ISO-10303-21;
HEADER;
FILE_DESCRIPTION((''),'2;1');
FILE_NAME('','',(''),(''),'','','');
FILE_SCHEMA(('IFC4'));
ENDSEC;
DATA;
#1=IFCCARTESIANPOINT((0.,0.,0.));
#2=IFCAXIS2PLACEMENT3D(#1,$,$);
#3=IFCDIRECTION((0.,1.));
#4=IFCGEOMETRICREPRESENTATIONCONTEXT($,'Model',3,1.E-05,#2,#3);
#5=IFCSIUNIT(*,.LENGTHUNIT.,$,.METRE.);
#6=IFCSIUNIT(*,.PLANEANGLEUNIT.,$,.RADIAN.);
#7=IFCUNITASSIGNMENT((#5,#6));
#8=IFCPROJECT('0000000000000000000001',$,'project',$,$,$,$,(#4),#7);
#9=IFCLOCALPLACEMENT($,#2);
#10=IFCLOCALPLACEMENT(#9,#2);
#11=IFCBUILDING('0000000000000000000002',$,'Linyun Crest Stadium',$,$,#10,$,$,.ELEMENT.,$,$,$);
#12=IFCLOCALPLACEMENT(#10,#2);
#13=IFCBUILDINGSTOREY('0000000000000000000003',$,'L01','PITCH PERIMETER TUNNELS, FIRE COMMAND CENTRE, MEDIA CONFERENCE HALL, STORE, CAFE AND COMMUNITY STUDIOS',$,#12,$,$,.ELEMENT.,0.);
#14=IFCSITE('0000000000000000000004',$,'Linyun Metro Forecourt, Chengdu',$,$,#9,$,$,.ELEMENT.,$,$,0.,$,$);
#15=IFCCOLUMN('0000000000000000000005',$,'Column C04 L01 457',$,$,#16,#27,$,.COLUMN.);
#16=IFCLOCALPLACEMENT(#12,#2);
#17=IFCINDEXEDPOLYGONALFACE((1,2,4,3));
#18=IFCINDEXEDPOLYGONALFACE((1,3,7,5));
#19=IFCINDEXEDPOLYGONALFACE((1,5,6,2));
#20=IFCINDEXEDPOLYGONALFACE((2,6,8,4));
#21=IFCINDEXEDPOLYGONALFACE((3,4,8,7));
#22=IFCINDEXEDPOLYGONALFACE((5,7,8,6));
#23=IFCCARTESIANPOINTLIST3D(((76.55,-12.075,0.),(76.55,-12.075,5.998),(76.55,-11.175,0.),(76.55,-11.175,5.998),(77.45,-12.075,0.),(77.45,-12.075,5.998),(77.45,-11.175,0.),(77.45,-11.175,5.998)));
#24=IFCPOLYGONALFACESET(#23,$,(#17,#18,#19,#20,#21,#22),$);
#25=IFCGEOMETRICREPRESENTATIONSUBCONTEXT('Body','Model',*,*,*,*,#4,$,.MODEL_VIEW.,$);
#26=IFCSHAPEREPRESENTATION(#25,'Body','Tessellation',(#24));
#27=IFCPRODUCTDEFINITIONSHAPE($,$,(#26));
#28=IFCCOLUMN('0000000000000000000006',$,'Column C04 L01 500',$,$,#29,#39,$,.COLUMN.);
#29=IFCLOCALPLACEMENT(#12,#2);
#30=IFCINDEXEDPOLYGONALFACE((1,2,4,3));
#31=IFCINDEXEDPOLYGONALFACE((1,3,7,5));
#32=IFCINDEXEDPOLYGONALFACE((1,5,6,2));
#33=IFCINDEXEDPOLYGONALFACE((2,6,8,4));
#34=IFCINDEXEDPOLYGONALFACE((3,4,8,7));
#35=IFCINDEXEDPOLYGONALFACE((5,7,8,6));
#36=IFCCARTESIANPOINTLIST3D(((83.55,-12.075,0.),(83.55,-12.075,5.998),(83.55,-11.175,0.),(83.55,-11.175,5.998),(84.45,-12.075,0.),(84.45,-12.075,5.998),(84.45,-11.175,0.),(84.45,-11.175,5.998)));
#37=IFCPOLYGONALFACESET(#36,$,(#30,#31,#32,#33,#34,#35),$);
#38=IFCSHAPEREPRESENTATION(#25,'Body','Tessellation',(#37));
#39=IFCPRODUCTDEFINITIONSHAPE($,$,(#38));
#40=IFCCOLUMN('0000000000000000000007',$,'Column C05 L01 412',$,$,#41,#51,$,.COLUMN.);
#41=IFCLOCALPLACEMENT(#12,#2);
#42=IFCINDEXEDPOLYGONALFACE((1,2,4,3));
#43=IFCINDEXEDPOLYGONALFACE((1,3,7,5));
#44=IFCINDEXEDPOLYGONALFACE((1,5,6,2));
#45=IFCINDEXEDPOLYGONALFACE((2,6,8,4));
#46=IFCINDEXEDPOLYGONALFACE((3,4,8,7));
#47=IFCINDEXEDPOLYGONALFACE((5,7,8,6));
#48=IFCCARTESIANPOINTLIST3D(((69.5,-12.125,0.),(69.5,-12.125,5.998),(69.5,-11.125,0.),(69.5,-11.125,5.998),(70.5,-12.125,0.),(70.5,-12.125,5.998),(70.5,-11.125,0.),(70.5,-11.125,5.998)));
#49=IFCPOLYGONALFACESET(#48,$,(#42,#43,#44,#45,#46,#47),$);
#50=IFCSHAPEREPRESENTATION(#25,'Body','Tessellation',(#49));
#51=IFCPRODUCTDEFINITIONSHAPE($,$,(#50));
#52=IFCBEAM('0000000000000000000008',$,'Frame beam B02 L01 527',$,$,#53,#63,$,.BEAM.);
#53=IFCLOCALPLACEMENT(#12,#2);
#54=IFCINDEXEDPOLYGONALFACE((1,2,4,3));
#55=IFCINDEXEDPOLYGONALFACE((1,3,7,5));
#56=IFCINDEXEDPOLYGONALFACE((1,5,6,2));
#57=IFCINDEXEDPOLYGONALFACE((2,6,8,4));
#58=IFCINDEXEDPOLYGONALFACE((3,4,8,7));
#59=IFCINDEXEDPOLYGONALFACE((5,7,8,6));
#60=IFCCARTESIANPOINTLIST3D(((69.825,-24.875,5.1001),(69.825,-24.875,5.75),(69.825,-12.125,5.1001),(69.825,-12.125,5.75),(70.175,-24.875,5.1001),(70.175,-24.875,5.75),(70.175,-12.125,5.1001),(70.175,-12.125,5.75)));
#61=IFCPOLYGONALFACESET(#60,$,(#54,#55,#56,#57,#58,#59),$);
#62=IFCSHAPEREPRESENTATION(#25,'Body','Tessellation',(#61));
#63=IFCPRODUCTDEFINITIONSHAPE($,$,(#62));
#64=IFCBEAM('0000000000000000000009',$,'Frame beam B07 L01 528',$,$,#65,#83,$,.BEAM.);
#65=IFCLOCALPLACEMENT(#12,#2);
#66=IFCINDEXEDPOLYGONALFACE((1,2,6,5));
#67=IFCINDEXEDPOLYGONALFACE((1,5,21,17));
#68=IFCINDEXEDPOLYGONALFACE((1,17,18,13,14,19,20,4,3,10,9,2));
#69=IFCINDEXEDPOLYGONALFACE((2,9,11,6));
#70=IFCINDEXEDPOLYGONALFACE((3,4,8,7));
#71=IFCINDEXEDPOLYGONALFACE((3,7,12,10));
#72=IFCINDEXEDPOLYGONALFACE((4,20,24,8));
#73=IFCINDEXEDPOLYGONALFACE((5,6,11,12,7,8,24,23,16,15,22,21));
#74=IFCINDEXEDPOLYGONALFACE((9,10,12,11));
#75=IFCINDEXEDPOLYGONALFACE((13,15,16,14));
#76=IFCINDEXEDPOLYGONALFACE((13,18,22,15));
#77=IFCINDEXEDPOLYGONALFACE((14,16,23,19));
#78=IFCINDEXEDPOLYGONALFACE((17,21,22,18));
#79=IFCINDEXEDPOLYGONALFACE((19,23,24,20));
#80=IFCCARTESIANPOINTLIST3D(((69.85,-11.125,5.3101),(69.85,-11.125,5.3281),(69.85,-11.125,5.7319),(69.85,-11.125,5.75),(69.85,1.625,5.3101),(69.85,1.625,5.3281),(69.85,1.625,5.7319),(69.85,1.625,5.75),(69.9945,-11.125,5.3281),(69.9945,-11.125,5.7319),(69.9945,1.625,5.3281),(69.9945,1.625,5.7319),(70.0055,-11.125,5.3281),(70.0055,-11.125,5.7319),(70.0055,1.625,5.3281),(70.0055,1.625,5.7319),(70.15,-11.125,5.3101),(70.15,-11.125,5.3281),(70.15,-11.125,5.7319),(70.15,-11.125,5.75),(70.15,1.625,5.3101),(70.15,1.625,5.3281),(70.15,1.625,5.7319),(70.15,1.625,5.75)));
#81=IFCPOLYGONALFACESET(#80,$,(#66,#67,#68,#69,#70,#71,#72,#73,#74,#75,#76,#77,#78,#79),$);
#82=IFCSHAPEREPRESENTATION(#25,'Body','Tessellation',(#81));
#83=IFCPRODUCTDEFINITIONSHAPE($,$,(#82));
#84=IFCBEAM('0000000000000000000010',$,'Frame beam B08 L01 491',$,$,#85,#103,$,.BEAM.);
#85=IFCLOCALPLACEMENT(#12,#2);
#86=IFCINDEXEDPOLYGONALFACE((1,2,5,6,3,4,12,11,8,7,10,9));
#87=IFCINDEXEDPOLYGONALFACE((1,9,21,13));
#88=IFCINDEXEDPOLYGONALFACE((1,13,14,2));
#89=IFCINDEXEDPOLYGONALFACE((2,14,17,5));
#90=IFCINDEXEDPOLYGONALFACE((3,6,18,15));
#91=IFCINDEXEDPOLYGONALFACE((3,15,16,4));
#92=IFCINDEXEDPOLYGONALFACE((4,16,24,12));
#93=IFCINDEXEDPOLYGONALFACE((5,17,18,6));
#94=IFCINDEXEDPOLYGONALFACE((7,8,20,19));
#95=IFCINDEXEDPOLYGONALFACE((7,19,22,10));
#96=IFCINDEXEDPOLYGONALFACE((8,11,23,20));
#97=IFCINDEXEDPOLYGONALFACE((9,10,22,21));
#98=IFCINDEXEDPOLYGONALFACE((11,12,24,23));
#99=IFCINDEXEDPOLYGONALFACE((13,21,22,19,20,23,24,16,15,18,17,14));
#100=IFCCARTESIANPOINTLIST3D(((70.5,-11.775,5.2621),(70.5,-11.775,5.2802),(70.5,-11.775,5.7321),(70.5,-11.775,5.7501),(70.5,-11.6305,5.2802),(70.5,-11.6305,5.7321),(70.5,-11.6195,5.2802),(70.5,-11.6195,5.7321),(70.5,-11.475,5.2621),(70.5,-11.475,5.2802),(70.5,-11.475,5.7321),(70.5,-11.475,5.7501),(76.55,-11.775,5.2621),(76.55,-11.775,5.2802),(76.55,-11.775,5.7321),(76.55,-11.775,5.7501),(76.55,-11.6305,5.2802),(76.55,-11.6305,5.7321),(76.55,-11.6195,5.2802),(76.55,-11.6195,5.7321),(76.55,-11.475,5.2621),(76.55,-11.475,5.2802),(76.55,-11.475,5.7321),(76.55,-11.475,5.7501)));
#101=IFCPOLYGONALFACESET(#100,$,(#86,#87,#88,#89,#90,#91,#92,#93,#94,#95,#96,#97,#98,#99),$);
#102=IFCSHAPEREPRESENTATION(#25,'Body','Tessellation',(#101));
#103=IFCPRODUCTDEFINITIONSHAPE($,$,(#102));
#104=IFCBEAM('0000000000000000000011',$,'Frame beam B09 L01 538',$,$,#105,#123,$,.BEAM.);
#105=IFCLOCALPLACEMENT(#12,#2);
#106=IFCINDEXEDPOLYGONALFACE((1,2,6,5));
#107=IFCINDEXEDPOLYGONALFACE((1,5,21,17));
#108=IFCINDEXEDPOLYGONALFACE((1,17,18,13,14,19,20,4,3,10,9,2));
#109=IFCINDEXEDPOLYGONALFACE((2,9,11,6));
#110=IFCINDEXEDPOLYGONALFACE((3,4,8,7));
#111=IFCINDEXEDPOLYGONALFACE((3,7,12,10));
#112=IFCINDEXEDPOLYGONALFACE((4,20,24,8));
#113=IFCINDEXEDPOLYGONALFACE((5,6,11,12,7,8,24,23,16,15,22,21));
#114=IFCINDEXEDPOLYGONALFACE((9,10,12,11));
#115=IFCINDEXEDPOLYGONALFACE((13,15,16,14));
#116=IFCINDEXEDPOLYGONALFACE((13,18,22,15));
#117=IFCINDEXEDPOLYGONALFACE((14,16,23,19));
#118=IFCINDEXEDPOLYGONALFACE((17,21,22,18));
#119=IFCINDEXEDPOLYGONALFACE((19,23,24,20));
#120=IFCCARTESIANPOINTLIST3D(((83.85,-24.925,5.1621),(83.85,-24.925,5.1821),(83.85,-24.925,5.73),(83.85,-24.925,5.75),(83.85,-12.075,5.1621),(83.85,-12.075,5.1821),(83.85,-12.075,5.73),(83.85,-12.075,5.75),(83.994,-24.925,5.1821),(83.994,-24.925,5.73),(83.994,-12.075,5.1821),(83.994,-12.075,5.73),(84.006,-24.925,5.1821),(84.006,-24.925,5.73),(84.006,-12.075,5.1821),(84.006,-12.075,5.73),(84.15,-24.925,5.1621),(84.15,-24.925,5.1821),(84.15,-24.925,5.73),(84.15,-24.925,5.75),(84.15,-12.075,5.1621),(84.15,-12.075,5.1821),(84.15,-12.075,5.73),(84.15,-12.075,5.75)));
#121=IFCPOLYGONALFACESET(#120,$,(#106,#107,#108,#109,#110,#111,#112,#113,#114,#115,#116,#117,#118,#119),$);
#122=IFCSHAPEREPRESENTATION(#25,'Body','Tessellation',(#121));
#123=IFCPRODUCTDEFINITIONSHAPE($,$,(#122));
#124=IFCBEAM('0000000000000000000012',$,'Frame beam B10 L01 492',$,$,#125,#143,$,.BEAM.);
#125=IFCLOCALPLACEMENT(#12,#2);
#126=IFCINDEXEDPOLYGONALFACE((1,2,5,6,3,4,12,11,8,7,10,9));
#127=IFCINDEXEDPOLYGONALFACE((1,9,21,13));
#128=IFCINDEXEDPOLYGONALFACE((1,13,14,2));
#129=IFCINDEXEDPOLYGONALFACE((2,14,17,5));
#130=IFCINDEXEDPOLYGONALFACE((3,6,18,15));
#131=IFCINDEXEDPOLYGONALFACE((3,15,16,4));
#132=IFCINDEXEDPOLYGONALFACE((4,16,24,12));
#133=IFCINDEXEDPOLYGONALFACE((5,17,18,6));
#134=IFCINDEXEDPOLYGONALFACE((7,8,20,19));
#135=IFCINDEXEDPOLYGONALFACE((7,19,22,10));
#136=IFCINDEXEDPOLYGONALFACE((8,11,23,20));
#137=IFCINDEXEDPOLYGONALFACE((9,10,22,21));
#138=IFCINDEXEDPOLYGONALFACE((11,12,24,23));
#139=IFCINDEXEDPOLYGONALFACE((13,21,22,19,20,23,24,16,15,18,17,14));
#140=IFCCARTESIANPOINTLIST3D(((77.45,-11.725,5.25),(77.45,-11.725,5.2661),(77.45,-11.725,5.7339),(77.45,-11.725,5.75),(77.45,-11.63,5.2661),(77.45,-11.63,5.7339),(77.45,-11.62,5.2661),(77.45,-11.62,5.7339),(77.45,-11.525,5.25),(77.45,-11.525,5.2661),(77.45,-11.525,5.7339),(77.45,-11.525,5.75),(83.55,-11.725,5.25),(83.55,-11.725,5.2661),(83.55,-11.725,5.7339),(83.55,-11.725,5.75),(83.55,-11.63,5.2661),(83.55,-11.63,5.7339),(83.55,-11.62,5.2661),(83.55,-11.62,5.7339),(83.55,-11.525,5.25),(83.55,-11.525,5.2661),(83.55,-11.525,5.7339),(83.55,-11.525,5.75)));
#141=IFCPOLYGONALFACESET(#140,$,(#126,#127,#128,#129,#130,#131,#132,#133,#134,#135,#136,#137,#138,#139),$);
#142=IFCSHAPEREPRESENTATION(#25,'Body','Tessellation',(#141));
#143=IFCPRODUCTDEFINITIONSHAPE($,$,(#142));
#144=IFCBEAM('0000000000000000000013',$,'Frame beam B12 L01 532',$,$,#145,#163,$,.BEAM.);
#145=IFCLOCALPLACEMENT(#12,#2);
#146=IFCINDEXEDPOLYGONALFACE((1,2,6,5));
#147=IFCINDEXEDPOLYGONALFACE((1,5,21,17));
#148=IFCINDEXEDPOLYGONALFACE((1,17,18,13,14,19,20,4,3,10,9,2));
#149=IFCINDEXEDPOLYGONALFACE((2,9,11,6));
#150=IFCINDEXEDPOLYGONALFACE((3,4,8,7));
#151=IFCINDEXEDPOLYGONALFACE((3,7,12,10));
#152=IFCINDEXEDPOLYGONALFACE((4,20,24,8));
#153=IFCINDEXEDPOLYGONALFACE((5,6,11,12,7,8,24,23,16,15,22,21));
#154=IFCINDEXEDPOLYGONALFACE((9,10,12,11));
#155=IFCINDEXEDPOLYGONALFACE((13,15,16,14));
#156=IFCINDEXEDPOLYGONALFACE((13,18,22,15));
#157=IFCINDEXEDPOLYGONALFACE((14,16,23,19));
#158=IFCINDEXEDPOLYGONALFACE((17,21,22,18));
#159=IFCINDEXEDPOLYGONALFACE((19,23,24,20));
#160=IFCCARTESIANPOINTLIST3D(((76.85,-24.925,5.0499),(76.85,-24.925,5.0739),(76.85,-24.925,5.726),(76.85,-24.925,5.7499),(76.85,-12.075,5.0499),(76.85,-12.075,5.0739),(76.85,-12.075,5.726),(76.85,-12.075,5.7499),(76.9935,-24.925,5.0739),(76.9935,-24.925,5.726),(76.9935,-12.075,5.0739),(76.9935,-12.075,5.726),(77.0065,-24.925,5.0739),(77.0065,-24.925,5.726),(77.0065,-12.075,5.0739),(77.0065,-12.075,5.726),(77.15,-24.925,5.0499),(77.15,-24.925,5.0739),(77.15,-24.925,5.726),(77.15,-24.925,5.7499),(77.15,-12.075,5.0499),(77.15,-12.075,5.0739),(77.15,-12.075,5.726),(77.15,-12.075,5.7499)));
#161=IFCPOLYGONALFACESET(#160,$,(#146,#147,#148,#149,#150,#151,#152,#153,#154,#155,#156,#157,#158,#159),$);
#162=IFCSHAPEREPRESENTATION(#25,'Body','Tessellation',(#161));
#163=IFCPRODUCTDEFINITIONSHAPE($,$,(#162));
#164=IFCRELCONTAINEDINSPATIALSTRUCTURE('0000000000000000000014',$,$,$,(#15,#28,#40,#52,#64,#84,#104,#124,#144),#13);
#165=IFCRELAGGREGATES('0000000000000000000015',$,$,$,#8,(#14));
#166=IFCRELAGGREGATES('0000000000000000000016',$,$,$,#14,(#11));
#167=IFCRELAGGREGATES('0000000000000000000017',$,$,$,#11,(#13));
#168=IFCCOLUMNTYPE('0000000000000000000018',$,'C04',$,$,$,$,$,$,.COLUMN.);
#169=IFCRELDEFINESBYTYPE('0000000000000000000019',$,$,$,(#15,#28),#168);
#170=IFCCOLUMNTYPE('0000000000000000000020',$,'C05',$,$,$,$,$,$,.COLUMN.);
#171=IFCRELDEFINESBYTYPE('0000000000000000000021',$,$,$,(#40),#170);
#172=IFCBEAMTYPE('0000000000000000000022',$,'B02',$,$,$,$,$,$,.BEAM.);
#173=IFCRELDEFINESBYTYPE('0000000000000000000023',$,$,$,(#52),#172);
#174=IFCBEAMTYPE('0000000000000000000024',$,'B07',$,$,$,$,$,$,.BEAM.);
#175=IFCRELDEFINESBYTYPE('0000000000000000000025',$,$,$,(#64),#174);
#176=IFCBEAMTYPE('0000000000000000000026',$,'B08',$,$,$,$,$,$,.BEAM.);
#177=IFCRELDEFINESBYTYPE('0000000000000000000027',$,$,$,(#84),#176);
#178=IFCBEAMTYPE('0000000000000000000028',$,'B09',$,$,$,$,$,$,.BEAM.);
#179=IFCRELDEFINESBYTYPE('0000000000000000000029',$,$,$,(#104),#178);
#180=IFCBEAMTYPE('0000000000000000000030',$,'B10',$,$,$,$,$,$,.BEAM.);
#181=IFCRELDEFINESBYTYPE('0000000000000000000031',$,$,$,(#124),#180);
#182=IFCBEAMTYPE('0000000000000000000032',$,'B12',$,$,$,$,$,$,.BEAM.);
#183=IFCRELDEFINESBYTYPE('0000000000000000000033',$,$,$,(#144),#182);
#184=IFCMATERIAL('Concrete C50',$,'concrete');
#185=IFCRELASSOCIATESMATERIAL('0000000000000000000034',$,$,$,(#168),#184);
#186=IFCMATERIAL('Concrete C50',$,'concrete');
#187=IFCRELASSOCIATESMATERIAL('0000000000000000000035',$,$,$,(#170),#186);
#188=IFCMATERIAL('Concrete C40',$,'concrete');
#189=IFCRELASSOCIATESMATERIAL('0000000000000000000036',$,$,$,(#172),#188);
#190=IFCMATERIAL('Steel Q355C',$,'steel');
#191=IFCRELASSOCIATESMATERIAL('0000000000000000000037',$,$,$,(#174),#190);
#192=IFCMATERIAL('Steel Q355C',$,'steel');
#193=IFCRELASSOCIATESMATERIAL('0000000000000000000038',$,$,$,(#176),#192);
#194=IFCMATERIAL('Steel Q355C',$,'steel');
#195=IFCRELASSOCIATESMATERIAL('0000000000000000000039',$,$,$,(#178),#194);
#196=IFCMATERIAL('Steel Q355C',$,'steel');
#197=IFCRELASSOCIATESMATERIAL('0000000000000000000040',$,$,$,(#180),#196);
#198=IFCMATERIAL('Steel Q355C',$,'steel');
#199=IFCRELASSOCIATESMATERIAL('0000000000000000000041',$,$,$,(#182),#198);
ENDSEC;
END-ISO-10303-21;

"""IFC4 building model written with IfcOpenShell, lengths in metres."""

from ifc_helpers import new_model, si_unit, direction, frame, origin, origin_2d, place, context, subcontext, project, spatial, rectangle, i_section, extrude, material, material_profile, profile_set, type_object, element, save


model = new_model("IFC4")

# Units and contexts
model_context = context("Model", 3, precision=1e-05, world=origin(), true_north=direction((0.0, 1.0)))
body_context = subcontext(model_context, "Body", "Model", "MODEL_VIEW")
ifc_project = project(units=[si_unit("LENGTHUNIT", "METRE"), si_unit("PLANEANGLEUNIT", "RADIAN")], contexts=[model_context])

# Site, building, storey
site_placement = place(None, origin())
site = spatial("IfcSite", under=ifc_project, at=site_placement, Name="Linyun Metro Forecourt, Chengdu", CompositionType="ELEMENT", RefElevation=0.0)
building_placement = place(site_placement, origin())
building = spatial("IfcBuilding", under=site, at=building_placement, Name="Linyun Crest Stadium", CompositionType="ELEMENT")
storey_placement = place(building_placement, origin())
storey = spatial("IfcBuildingStorey", under=building, at=storey_placement, Name="L01", Description="PITCH PERIMETER TUNNELS, FIRE COMMAND CENTRE, MEDIA CONFERENCE HALL, STORE, CAFE AND COMMUNITY STUDIOS", CompositionType="ELEMENT", Elevation=0.0)

# Columns
ifc_material_1 = material(Name="Concrete C50", Category="concrete")
ifc_material_profile_1 = material_profile(ifc_material_1, rectangle(XDim=0.8999, YDim=0.8999, at=origin_2d()), Name="RC 900x900")
ifc_profile_set_1 = profile_set([ifc_material_profile_1], Name="Concrete C50")
column_type_1 = type_object("IfcColumnType", Name="C04", PredefinedType="COLUMN", material=ifc_profile_set_1)
for number, where, z_axis, x_axis, name in (
    (1, (77.0, -11.625, 0.0), (0.0, 0.0, 1.0), (1.0, 0.0, 0.0), "Column C04 L01 457"),
    (2, (84.0, -11.625, 0.0), (0.0, 0.0, 1.0), (1.0, 0.0, 0.0), "Column C04 L01 500"),
):
    element("IfcColumn", number, at=place(storey_placement, frame(where, z_axis=z_axis, x_axis=x_axis)), inside=storey, type_object=column_type_1, Name=name, PredefinedType="COLUMN", context=body_context, shape_type="SweptSolid", body=[
        extrude(rectangle(XDim=0.8999, YDim=0.8999, at=origin_2d()), origin(), (0.0, 0.0, 1.0), 5.998),
    ])
ifc_material_2 = material(Name="Concrete C50", Category="concrete")
ifc_material_profile_2 = material_profile(ifc_material_2, rectangle(XDim=1.0, YDim=1.0, at=origin_2d()), Name="RC 1000x1000")
ifc_profile_set_2 = profile_set([ifc_material_profile_2], Name="Concrete C50")
column_type_2 = type_object("IfcColumnType", Name="C05", PredefinedType="COLUMN", material=ifc_profile_set_2)
column_placement = place(storey_placement, frame((70.0, -11.625, 0.0), z_axis=(0.0, 0.0, 1.0), x_axis=(1.0, 0.0, 0.0)))
element("IfcColumn", 3, at=column_placement, inside=storey, type_object=column_type_2, Name="Column C05 L01 412", PredefinedType="COLUMN", context=body_context, shape_type="SweptSolid", body=[
    extrude(rectangle(XDim=1.0, YDim=1.0, at=origin_2d()), origin(), (0.0, 0.0, 1.0), 5.998),
])

# Beams
ifc_material_3 = material(Name="Concrete C40", Category="concrete")
ifc_material_profile_3 = material_profile(ifc_material_3, rectangle(XDim=0.3501, YDim=0.6499, at=origin_2d()), Name="RCB 650x350")
ifc_profile_set_3 = profile_set([ifc_material_profile_3], Name="Concrete C40")
beam_type_1 = type_object("IfcBeamType", Name="B02", PredefinedType="BEAM", material=ifc_profile_set_3)
beam_1_placement = place(storey_placement, frame((70.0, -24.875, 5.425), z_axis=(0.0, 1.0, 0.0), x_axis=(-1.0, 0.0, 0.0)))
element("IfcBeam", 4, at=beam_1_placement, inside=storey, type_object=beam_type_1, Name="Frame beam B02 L01 527", PredefinedType="BEAM", context=body_context, shape_type="SweptSolid", body=[
    extrude(rectangle(XDim=0.3501, YDim=0.6499, at=origin_2d()), origin(), (0.0, 0.0, 1.0), 12.75),
])
ifc_material_4 = material(Name="Steel Q355C", Category="steel")
ifc_material_profile_4 = material_profile(ifc_material_4, i_section(OverallWidth=0.3, OverallDepth=0.4399, WebThickness=0.011, FlangeThickness=0.0181, at=origin_2d()), Name="HM 440x300")
ifc_profile_set_4 = profile_set([ifc_material_profile_4], Name="Steel Q355C")
beam_type_2 = type_object("IfcBeamType", Name="B07", PredefinedType="BEAM", material=ifc_profile_set_4)
beam_2_placement = place(storey_placement, frame((70.0, -11.125, 5.53), z_axis=(0.0, 1.0, 0.0), x_axis=(-1.0, 0.0, 0.0)))
element("IfcBeam", 5, at=beam_2_placement, inside=storey, type_object=beam_type_2, Name="Frame beam B07 L01 528", PredefinedType="BEAM", context=body_context, shape_type="SweptSolid", body=[
    extrude(i_section(OverallWidth=0.3, OverallDepth=0.4399, WebThickness=0.011, FlangeThickness=0.0181, at=origin_2d()), origin(), (0.0, 0.0, 1.0), 12.75),
])
ifc_material_5 = material(Name="Steel Q355C", Category="steel")
ifc_material_profile_5 = material_profile(ifc_material_5, i_section(OverallWidth=0.3, OverallDepth=0.488, WebThickness=0.011, FlangeThickness=0.0181, at=origin_2d()), Name="HM 488x300")
ifc_profile_set_5 = profile_set([ifc_material_profile_5], Name="Steel Q355C")
beam_type_3 = type_object("IfcBeamType", Name="B08", PredefinedType="BEAM", material=ifc_profile_set_5)
beam_3_placement = place(storey_placement, frame((70.5, -11.625, 5.5061), z_axis=(1.0, 0.0, 0.0), x_axis=(0.0, 1.0, 0.0)))
element("IfcBeam", 6, at=beam_3_placement, inside=storey, type_object=beam_type_3, Name="Frame beam B08 L01 491", PredefinedType="BEAM", context=body_context, shape_type="SweptSolid", body=[
    extrude(i_section(OverallWidth=0.3, OverallDepth=0.488, WebThickness=0.011, FlangeThickness=0.0181, at=origin_2d()), origin(), (0.0, 0.0, 1.0), 6.05),
])
ifc_material_6 = material(Name="Steel Q355C", Category="steel")
ifc_material_profile_6 = material_profile(ifc_material_6, i_section(OverallWidth=0.3, OverallDepth=0.5879, WebThickness=0.012, FlangeThickness=0.02, at=origin_2d()), Name="HM 588x300")
ifc_profile_set_6 = profile_set([ifc_material_profile_6], Name="Steel Q355C")
beam_type_4 = type_object("IfcBeamType", Name="B09", PredefinedType="BEAM", material=ifc_profile_set_6)
beam_4_placement = place(storey_placement, frame((84.0, -24.925, 5.4561), z_axis=(0.0, 1.0, 0.0), x_axis=(-1.0, 0.0, 0.0)))
element("IfcBeam", 7, at=beam_4_placement, inside=storey, type_object=beam_type_4, Name="Frame beam B09 L01 538", PredefinedType="BEAM", context=body_context, shape_type="SweptSolid", body=[
    extrude(i_section(OverallWidth=0.3, OverallDepth=0.5879, WebThickness=0.012, FlangeThickness=0.02, at=origin_2d()), origin(), (0.0, 0.0, 1.0), 12.8501),
])
ifc_material_7 = material(Name="Steel Q355C", Category="steel")
ifc_material_profile_7 = material_profile(ifc_material_7, i_section(OverallWidth=0.2, OverallDepth=0.5, WebThickness=0.01, FlangeThickness=0.0161, at=origin_2d()), Name="HN 500x200")
ifc_profile_set_7 = profile_set([ifc_material_profile_7], Name="Steel Q355C")
beam_type_5 = type_object("IfcBeamType", Name="B10", PredefinedType="BEAM", material=ifc_profile_set_7)
beam_5_placement = place(storey_placement, frame((77.45, -11.625, 5.5), z_axis=(1.0, 0.0, 0.0), x_axis=(0.0, 1.0, 0.0)))
element("IfcBeam", 8, at=beam_5_placement, inside=storey, type_object=beam_type_5, Name="Frame beam B10 L01 492", PredefinedType="BEAM", context=body_context, shape_type="SweptSolid", body=[
    extrude(i_section(OverallWidth=0.2, OverallDepth=0.5, WebThickness=0.01, FlangeThickness=0.0161, at=origin_2d()), origin(), (0.0, 0.0, 1.0), 6.1001),
])
ifc_material_8 = material(Name="Steel Q355C", Category="steel")
ifc_material_profile_8 = material_profile(ifc_material_8, i_section(OverallWidth=0.3, OverallDepth=0.7, WebThickness=0.0129, FlangeThickness=0.0239, at=origin_2d()), Name="HN 700x300")
ifc_profile_set_8 = profile_set([ifc_material_profile_8], Name="Steel Q355C")
beam_type_6 = type_object("IfcBeamType", Name="B12", PredefinedType="BEAM", material=ifc_profile_set_8)
for number, where, z_axis, x_axis, name in (
    (9, (77.0, -24.925, 5.3999), (0.0, 1.0, 0.0), (-1.0, 0.0, 0.0), "Frame beam B12 L01 532"),
):
    element("IfcBeam", number, at=place(storey_placement, frame(where, z_axis=z_axis, x_axis=x_axis)), inside=storey, type_object=beam_type_6, Name=name, PredefinedType="BEAM", context=body_context, shape_type="SweptSolid", body=[
        extrude(i_section(OverallWidth=0.3, OverallDepth=0.7, WebThickness=0.0129, FlangeThickness=0.0239, at=origin_2d()), origin(), (0.0, 0.0, 1.0), 12.8501),
    ])

save(model, "model.ifc")
